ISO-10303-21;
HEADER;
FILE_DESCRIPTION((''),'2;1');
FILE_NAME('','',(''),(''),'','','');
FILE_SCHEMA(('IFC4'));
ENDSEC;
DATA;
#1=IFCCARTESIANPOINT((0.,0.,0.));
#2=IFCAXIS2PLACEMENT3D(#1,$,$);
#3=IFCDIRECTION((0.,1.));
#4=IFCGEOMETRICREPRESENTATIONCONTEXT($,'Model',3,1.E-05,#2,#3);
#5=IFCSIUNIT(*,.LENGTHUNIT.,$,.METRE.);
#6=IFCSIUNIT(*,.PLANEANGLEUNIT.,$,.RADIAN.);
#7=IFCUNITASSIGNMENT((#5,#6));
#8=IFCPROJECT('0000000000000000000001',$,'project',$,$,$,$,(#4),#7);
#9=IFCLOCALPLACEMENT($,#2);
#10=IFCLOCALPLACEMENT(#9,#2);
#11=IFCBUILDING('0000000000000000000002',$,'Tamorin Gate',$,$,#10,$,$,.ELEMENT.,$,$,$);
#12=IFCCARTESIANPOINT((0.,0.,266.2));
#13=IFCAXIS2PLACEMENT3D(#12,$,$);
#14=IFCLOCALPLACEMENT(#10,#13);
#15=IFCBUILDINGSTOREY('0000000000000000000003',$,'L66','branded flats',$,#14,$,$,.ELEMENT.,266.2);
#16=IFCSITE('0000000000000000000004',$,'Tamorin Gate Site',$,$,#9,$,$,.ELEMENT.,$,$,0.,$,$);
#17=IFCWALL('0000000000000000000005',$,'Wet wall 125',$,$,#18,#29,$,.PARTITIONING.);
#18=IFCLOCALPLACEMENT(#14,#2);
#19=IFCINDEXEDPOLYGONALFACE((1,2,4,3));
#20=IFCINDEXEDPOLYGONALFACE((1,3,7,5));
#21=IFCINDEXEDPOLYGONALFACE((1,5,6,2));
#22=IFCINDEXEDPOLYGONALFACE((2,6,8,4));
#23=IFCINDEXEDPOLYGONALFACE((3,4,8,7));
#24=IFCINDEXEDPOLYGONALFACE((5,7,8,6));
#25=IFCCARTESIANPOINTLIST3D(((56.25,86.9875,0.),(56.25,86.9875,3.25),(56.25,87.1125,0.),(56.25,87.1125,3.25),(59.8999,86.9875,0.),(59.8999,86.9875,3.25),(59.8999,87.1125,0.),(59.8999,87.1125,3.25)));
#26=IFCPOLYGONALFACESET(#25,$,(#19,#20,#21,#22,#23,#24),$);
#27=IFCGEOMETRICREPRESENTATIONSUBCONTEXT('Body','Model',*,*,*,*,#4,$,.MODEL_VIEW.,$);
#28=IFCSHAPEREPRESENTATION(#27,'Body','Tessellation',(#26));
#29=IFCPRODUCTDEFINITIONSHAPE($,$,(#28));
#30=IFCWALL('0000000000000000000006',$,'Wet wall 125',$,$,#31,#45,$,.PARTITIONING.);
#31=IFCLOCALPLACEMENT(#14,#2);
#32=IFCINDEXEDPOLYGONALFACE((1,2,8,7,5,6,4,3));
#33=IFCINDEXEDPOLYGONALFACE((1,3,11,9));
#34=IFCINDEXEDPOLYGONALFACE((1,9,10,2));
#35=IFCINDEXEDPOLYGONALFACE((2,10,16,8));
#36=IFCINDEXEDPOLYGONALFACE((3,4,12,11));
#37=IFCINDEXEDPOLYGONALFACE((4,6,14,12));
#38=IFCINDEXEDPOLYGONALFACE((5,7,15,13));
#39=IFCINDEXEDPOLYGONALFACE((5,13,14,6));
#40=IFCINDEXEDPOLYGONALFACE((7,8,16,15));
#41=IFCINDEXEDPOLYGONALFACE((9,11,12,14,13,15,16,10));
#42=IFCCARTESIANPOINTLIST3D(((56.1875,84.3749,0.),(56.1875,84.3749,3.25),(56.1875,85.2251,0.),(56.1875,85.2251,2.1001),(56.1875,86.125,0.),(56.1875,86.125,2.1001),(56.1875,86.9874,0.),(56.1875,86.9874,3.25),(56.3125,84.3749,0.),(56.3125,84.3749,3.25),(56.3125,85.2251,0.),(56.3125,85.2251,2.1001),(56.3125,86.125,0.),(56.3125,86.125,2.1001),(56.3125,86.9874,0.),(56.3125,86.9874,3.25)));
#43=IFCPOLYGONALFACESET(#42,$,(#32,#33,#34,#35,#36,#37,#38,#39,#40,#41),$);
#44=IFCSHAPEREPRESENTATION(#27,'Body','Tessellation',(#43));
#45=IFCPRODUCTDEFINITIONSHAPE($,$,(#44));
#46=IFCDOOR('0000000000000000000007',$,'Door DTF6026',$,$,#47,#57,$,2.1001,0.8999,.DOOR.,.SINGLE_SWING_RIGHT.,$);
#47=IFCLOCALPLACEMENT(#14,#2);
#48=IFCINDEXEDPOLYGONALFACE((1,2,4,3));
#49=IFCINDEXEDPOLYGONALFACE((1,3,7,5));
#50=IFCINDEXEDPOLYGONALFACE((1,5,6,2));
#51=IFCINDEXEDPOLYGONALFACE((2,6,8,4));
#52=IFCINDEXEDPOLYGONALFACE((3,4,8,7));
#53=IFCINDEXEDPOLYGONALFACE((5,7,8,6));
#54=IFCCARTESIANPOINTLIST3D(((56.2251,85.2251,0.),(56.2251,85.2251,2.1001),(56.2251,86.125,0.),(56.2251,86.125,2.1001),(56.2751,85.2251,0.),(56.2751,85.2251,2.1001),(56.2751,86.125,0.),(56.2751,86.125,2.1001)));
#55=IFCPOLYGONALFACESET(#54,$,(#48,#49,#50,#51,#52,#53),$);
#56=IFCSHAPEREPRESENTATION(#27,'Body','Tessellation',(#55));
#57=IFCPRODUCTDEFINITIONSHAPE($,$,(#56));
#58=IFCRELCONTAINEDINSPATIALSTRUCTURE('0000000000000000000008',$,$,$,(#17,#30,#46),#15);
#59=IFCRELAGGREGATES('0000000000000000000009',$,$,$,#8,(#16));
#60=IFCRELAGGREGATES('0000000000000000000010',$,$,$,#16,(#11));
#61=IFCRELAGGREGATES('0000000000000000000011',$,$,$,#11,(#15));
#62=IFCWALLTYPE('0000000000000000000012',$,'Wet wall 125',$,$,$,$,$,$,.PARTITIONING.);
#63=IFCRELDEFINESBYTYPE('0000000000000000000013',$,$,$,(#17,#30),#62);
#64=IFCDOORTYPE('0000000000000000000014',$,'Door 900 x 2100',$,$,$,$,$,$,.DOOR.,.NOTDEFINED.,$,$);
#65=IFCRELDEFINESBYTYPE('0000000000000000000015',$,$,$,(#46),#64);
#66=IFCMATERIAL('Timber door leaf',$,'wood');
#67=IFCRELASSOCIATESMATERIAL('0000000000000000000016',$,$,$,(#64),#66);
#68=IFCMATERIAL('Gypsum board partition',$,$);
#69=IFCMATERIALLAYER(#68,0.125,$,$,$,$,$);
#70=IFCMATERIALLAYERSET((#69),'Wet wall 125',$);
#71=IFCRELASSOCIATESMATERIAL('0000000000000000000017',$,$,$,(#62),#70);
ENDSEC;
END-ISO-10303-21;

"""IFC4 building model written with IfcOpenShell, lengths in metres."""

from ifc_helpers import new_model, si_unit, direction, frame, frame_2d, origin, place, context, subcontext, project, spatial, rectangle, extrude, material, layer, layer_set, type_object, element, fill, save


model = new_model("IFC4")

# Units and contexts
model_context = context("Model", 3, precision=1e-05, world=origin(), true_north=direction((0.0, 1.0)))
body_context = subcontext(model_context, "Body", "Model", "MODEL_VIEW")
ifc_project = project(units=[si_unit("LENGTHUNIT", "METRE"), si_unit("PLANEANGLEUNIT", "RADIAN")], contexts=[model_context])

# Site, building, storey
site_placement = place(None, origin())
site = spatial("IfcSite", under=ifc_project, at=site_placement, Name="Tamorin Gate Site", CompositionType="ELEMENT", RefElevation=0.0)
building_placement = place(site_placement, origin())
building = spatial("IfcBuilding", under=site, at=building_placement, Name="Tamorin Gate", CompositionType="ELEMENT")
storey_placement = place(building_placement, frame((0.0, 0.0, 266.2)))
storey = spatial("IfcBuildingStorey", under=building, at=storey_placement, Name="L66", Description="branded flats", CompositionType="ELEMENT", Elevation=266.2)

# Shared definitions
ifc_material_1 = material(Name="Gypsum board partition")

# Shared definitions
ifc_material_2 = material(Name="Timber door leaf", Category="wood")
door_type = type_object("IfcDoorType", Name="Door 900 x 2100", OperationType="NOTDEFINED", PredefinedType="DOOR", material=ifc_material_2)

# Wall
ifc_layer_1 = layer(ifc_material_1, 0.125)
ifc_layer_set_1 = layer_set([ifc_layer_1], Name="Wet wall 125")
wall_type_1 = type_object("IfcWallType", Name="Wet wall 125", PredefinedType="PARTITIONING", material=ifc_layer_set_1)
wall_1_placement = place(storey_placement, frame((56.25, 87.05, 0.0), z_axis=(0.0, 0.0, 1.0), x_axis=(1.0, 0.0, 0.0)))
element("IfcWall", 1, at=wall_1_placement, inside=storey, type_object=wall_type_1, Name="Wet wall 125", PredefinedType="PARTITIONING", context=body_context, shape_type="SweptSolid", body=[
    extrude(rectangle(XDim=3.6499, YDim=0.125, at=frame_2d((1.825, 0.0))), origin(), (0.0, 0.0, 1.0), 3.25),
])

# Wall, opening, door
wall_2_placement = place(storey_placement, frame((56.25, 84.375, 0.0), z_axis=(0.0, 0.0, 1.0), x_axis=(0.0, 1.0, 0.0)))
wall_2 = element("IfcWall", 2, at=wall_2_placement, inside=storey, type_object=wall_type_1, Name="Wet wall 125", PredefinedType="PARTITIONING", context=body_context, shape_type="SweptSolid", body=[
    extrude(rectangle(XDim=2.6125, YDim=0.125, at=frame_2d((1.3062, 0.0))), origin(), (0.0, 0.0, 1.0), 3.25),
])
opening_1_placement = place(wall_2_placement, frame((0.8501, 0.0, 0.0)))
opening_1 = element("IfcOpeningElement", 3, at=opening_1_placement, cuts=wall_2, PredefinedType="OPENING", context=body_context, shape_type="SweptSolid", body=[
    extrude(rectangle(XDim=0.8999, YDim=2.1001, at=frame_2d((0.45, 1.05))), frame((0.0, 0.0725, 0.0), z_axis=(0.0, -1.0, 0.0), x_axis=(1.0, 0.0, 0.0)), (0.0, 0.0, 1.0), 0.145),
])
door_1_placement = place(opening_1_placement, origin())
door_1 = element("IfcDoor", 4, at=door_1_placement, inside=storey, type_object=door_type, Name="Door DTF6026", OperationType="SINGLE_SWING_RIGHT", OverallHeight=2.1001, OverallWidth=0.8999, PredefinedType="DOOR", context=body_context, shape_type="SweptSolid", body=[
    extrude(rectangle(XDim=0.8999, YDim=2.1001, at=frame_2d((0.45, 1.05))), frame((0.0, 0.0249, 0.0), z_axis=(0.0, -1.0, 0.0), x_axis=(1.0, 0.0, 0.0)), (0.0, 0.0, 1.0), 0.05),
])
fill(opening_1, door_1)

save(model, "model.ifc")
